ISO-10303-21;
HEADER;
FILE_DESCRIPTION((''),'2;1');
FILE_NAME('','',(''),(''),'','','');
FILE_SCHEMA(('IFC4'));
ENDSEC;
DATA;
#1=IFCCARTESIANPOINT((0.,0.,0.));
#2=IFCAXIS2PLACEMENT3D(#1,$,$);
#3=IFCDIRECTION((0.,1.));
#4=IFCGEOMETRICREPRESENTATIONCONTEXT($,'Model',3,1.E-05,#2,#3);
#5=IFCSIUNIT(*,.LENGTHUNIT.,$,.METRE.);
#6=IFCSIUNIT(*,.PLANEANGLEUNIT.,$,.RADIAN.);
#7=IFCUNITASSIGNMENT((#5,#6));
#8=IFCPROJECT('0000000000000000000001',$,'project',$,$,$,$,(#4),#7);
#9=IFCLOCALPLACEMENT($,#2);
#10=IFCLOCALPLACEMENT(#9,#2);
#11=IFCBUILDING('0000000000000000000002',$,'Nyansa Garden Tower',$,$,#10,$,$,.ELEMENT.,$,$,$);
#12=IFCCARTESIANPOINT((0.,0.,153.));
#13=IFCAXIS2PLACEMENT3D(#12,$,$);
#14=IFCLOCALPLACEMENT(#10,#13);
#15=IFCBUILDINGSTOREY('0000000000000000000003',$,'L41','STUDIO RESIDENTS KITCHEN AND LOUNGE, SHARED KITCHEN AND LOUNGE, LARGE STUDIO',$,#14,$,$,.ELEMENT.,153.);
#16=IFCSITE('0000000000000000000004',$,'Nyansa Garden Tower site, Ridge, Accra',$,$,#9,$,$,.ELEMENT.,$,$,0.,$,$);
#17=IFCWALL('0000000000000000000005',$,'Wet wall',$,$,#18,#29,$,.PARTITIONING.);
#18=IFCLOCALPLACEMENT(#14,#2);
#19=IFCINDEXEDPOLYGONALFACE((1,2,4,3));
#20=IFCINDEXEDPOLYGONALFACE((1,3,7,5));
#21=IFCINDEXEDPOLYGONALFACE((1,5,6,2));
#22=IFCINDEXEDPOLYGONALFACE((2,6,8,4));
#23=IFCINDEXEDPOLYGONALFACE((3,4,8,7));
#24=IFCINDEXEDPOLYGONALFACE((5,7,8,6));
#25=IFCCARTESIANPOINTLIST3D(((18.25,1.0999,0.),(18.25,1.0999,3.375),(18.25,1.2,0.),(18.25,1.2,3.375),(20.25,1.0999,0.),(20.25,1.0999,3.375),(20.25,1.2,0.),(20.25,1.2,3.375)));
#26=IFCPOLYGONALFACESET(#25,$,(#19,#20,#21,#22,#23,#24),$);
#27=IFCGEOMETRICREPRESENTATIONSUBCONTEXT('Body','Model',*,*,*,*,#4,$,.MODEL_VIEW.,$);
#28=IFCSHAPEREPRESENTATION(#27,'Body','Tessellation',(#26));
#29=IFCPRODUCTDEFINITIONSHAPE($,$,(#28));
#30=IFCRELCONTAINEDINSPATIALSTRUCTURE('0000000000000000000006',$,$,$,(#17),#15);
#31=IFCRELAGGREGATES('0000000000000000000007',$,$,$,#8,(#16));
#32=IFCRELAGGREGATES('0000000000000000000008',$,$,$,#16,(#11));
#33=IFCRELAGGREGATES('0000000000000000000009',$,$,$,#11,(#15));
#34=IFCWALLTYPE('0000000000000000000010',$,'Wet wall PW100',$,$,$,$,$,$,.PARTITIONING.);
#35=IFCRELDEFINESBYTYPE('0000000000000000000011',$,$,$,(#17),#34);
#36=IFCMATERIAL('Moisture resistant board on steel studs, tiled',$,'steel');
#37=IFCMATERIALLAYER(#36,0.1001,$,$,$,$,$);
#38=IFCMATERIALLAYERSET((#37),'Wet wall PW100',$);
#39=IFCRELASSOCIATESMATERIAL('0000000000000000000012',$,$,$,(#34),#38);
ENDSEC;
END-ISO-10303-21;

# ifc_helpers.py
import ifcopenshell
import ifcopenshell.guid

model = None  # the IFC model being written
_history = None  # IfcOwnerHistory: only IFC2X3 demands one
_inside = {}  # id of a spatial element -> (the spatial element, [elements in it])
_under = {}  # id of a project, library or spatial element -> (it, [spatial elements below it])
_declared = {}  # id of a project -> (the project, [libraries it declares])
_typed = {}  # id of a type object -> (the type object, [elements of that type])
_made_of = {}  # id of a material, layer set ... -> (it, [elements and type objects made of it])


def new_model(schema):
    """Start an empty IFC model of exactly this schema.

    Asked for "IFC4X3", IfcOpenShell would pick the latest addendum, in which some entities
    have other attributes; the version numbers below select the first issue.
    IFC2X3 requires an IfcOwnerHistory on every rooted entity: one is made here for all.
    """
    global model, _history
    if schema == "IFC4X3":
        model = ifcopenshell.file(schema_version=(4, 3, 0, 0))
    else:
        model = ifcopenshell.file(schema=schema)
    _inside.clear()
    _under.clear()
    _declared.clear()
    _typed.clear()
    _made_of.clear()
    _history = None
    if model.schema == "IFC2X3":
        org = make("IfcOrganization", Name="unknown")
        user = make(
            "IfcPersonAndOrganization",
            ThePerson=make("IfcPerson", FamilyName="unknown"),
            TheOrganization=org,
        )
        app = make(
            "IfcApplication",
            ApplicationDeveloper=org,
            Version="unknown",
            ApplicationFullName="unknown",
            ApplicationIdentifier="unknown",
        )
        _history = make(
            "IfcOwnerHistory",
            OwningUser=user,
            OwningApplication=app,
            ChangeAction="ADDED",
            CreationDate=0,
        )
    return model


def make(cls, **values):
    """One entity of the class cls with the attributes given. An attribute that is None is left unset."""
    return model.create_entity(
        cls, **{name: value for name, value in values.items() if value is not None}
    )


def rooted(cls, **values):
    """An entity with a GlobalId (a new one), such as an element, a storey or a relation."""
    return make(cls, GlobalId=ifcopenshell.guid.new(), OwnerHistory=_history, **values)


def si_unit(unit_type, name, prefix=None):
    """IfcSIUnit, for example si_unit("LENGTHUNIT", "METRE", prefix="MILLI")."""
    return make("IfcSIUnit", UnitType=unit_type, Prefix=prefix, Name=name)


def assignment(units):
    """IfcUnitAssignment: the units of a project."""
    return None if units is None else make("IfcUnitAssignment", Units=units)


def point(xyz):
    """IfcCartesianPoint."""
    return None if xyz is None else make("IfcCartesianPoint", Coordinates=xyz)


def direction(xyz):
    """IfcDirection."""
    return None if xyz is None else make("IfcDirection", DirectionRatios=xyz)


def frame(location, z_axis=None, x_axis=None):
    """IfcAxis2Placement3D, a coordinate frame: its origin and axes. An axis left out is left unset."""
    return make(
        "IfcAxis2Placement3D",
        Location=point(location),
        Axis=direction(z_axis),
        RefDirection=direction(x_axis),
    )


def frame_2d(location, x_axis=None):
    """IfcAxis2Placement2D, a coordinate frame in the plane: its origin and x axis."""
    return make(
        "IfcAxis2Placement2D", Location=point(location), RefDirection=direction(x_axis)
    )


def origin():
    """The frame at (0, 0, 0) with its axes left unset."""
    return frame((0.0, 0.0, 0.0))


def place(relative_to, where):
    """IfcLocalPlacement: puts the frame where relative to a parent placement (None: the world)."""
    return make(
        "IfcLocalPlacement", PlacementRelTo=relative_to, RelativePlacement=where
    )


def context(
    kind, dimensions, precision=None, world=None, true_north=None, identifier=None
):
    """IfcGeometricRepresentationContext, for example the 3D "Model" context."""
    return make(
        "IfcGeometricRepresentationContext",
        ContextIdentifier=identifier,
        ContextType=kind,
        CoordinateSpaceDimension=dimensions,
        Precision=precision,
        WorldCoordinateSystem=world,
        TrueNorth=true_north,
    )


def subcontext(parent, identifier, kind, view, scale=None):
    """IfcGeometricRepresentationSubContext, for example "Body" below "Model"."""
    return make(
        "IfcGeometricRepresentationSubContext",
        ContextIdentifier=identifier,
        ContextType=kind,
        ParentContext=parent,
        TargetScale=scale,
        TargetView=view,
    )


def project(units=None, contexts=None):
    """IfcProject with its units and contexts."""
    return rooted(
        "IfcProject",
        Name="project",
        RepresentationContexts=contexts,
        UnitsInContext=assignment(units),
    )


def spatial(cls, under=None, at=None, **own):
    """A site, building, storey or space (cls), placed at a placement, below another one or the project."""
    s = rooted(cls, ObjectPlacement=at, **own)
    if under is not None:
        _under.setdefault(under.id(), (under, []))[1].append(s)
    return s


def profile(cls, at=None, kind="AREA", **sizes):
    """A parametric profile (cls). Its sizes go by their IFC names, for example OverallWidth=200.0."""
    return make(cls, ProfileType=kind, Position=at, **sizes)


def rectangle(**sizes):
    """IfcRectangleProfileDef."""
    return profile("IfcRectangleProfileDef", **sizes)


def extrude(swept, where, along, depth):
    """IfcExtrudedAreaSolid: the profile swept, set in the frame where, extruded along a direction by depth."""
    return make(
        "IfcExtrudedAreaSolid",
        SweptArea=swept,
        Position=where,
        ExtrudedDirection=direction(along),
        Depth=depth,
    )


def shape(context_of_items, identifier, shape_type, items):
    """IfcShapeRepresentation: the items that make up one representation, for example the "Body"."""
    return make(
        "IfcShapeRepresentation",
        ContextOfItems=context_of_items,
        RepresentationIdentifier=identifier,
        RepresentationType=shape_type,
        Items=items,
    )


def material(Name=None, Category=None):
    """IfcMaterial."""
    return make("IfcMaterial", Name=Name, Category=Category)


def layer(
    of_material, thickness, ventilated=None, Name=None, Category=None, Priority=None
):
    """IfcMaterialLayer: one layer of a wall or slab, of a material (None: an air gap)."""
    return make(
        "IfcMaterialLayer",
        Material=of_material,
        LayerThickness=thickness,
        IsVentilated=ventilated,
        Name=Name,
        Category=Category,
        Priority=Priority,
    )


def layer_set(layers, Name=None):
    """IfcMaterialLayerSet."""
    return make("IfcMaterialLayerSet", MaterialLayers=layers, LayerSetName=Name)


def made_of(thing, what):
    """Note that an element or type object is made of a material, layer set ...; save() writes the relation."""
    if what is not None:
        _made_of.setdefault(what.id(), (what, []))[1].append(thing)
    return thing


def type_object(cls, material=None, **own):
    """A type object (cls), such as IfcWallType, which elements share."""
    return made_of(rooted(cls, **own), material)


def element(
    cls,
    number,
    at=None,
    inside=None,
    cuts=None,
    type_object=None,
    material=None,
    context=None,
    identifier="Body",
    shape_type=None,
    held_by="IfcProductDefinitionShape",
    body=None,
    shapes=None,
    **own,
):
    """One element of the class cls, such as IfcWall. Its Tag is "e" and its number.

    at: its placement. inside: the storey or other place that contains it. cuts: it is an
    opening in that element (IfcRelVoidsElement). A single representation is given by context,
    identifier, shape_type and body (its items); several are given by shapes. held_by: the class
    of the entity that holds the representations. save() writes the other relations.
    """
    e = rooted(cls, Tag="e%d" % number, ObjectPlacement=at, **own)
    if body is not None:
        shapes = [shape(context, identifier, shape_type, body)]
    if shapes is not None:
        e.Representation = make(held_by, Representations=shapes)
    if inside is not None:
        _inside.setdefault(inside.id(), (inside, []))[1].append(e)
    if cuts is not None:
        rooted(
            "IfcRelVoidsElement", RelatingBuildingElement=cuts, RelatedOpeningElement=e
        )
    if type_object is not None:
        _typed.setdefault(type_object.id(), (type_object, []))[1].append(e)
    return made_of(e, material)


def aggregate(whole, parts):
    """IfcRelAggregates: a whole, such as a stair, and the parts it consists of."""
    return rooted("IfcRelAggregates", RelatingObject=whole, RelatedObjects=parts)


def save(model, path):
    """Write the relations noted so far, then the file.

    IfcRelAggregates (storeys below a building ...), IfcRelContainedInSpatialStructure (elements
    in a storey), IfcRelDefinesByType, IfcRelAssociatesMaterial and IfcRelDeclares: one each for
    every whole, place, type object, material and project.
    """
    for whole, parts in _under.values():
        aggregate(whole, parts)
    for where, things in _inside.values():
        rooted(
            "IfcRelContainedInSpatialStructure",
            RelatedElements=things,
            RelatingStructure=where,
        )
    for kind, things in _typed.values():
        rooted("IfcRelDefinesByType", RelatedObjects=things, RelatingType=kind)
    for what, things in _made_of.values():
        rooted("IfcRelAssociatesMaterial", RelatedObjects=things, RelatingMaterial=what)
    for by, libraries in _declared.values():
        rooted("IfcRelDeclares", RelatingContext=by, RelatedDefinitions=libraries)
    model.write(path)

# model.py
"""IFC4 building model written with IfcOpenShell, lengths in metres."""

from ifc_helpers import new_model, si_unit, direction, frame, frame_2d, origin, place, context, subcontext, project, spatial, rectangle, extrude, material, layer, layer_set, type_object, element, save


model = new_model("IFC4")

# Units and contexts
model_context = context("Model", 3, precision=1e-05, world=origin(), true_north=direction((0.0, 1.0)))
body_context = subcontext(model_context, "Body", "Model", "MODEL_VIEW")
ifc_project = project(units=[si_unit("LENGTHUNIT", "METRE"), si_unit("PLANEANGLEUNIT", "RADIAN")], contexts=[model_context])

# Site, building, storey
site_placement = place(None, origin())
site = spatial("IfcSite", under=ifc_project, at=site_placement, Name="Nyansa Garden Tower site, Ridge, Accra", CompositionType="ELEMENT", RefElevation=0.0)
building_placement = place(site_placement, origin())
building = spatial("IfcBuilding", under=site, at=building_placement, Name="Nyansa Garden Tower", CompositionType="ELEMENT")
storey_placement = place(building_placement, frame((0.0, 0.0, 153.0)))
storey = spatial("IfcBuildingStorey", under=building, at=storey_placement, Name="L41", Description="STUDIO RESIDENTS KITCHEN AND LOUNGE, SHARED KITCHEN AND LOUNGE, LARGE STUDIO", CompositionType="ELEMENT", Elevation=153.0)

# Wall
ifc_material_1 = material(Name="Moisture resistant board on steel studs, tiled", Category="steel")
ifc_layer_1 = layer(ifc_material_1, 0.1001)
ifc_layer_set_1 = layer_set([ifc_layer_1], Name="Wet wall PW100")
wall_type_1 = type_object("IfcWallType", Name="Wet wall PW100", PredefinedType="PARTITIONING", material=ifc_layer_set_1)
wall_1_placement = place(storey_placement, frame((18.25, 1.1499, 0.0), z_axis=(0.0, 0.0, 1.0), x_axis=(1.0, 0.0, 0.0)))
element("IfcWall", 1, at=wall_1_placement, inside=storey, type_object=wall_type_1, Name="Wet wall", PredefinedType="PARTITIONING", context=body_context, shape_type="SweptSolid", body=[
    extrude(rectangle(XDim=2.0, YDim=0.1001, at=frame_2d((1.0, 0.0))), origin(), (0.0, 0.0, 1.0), 3.375),
])

save(model, "model.ifc")
